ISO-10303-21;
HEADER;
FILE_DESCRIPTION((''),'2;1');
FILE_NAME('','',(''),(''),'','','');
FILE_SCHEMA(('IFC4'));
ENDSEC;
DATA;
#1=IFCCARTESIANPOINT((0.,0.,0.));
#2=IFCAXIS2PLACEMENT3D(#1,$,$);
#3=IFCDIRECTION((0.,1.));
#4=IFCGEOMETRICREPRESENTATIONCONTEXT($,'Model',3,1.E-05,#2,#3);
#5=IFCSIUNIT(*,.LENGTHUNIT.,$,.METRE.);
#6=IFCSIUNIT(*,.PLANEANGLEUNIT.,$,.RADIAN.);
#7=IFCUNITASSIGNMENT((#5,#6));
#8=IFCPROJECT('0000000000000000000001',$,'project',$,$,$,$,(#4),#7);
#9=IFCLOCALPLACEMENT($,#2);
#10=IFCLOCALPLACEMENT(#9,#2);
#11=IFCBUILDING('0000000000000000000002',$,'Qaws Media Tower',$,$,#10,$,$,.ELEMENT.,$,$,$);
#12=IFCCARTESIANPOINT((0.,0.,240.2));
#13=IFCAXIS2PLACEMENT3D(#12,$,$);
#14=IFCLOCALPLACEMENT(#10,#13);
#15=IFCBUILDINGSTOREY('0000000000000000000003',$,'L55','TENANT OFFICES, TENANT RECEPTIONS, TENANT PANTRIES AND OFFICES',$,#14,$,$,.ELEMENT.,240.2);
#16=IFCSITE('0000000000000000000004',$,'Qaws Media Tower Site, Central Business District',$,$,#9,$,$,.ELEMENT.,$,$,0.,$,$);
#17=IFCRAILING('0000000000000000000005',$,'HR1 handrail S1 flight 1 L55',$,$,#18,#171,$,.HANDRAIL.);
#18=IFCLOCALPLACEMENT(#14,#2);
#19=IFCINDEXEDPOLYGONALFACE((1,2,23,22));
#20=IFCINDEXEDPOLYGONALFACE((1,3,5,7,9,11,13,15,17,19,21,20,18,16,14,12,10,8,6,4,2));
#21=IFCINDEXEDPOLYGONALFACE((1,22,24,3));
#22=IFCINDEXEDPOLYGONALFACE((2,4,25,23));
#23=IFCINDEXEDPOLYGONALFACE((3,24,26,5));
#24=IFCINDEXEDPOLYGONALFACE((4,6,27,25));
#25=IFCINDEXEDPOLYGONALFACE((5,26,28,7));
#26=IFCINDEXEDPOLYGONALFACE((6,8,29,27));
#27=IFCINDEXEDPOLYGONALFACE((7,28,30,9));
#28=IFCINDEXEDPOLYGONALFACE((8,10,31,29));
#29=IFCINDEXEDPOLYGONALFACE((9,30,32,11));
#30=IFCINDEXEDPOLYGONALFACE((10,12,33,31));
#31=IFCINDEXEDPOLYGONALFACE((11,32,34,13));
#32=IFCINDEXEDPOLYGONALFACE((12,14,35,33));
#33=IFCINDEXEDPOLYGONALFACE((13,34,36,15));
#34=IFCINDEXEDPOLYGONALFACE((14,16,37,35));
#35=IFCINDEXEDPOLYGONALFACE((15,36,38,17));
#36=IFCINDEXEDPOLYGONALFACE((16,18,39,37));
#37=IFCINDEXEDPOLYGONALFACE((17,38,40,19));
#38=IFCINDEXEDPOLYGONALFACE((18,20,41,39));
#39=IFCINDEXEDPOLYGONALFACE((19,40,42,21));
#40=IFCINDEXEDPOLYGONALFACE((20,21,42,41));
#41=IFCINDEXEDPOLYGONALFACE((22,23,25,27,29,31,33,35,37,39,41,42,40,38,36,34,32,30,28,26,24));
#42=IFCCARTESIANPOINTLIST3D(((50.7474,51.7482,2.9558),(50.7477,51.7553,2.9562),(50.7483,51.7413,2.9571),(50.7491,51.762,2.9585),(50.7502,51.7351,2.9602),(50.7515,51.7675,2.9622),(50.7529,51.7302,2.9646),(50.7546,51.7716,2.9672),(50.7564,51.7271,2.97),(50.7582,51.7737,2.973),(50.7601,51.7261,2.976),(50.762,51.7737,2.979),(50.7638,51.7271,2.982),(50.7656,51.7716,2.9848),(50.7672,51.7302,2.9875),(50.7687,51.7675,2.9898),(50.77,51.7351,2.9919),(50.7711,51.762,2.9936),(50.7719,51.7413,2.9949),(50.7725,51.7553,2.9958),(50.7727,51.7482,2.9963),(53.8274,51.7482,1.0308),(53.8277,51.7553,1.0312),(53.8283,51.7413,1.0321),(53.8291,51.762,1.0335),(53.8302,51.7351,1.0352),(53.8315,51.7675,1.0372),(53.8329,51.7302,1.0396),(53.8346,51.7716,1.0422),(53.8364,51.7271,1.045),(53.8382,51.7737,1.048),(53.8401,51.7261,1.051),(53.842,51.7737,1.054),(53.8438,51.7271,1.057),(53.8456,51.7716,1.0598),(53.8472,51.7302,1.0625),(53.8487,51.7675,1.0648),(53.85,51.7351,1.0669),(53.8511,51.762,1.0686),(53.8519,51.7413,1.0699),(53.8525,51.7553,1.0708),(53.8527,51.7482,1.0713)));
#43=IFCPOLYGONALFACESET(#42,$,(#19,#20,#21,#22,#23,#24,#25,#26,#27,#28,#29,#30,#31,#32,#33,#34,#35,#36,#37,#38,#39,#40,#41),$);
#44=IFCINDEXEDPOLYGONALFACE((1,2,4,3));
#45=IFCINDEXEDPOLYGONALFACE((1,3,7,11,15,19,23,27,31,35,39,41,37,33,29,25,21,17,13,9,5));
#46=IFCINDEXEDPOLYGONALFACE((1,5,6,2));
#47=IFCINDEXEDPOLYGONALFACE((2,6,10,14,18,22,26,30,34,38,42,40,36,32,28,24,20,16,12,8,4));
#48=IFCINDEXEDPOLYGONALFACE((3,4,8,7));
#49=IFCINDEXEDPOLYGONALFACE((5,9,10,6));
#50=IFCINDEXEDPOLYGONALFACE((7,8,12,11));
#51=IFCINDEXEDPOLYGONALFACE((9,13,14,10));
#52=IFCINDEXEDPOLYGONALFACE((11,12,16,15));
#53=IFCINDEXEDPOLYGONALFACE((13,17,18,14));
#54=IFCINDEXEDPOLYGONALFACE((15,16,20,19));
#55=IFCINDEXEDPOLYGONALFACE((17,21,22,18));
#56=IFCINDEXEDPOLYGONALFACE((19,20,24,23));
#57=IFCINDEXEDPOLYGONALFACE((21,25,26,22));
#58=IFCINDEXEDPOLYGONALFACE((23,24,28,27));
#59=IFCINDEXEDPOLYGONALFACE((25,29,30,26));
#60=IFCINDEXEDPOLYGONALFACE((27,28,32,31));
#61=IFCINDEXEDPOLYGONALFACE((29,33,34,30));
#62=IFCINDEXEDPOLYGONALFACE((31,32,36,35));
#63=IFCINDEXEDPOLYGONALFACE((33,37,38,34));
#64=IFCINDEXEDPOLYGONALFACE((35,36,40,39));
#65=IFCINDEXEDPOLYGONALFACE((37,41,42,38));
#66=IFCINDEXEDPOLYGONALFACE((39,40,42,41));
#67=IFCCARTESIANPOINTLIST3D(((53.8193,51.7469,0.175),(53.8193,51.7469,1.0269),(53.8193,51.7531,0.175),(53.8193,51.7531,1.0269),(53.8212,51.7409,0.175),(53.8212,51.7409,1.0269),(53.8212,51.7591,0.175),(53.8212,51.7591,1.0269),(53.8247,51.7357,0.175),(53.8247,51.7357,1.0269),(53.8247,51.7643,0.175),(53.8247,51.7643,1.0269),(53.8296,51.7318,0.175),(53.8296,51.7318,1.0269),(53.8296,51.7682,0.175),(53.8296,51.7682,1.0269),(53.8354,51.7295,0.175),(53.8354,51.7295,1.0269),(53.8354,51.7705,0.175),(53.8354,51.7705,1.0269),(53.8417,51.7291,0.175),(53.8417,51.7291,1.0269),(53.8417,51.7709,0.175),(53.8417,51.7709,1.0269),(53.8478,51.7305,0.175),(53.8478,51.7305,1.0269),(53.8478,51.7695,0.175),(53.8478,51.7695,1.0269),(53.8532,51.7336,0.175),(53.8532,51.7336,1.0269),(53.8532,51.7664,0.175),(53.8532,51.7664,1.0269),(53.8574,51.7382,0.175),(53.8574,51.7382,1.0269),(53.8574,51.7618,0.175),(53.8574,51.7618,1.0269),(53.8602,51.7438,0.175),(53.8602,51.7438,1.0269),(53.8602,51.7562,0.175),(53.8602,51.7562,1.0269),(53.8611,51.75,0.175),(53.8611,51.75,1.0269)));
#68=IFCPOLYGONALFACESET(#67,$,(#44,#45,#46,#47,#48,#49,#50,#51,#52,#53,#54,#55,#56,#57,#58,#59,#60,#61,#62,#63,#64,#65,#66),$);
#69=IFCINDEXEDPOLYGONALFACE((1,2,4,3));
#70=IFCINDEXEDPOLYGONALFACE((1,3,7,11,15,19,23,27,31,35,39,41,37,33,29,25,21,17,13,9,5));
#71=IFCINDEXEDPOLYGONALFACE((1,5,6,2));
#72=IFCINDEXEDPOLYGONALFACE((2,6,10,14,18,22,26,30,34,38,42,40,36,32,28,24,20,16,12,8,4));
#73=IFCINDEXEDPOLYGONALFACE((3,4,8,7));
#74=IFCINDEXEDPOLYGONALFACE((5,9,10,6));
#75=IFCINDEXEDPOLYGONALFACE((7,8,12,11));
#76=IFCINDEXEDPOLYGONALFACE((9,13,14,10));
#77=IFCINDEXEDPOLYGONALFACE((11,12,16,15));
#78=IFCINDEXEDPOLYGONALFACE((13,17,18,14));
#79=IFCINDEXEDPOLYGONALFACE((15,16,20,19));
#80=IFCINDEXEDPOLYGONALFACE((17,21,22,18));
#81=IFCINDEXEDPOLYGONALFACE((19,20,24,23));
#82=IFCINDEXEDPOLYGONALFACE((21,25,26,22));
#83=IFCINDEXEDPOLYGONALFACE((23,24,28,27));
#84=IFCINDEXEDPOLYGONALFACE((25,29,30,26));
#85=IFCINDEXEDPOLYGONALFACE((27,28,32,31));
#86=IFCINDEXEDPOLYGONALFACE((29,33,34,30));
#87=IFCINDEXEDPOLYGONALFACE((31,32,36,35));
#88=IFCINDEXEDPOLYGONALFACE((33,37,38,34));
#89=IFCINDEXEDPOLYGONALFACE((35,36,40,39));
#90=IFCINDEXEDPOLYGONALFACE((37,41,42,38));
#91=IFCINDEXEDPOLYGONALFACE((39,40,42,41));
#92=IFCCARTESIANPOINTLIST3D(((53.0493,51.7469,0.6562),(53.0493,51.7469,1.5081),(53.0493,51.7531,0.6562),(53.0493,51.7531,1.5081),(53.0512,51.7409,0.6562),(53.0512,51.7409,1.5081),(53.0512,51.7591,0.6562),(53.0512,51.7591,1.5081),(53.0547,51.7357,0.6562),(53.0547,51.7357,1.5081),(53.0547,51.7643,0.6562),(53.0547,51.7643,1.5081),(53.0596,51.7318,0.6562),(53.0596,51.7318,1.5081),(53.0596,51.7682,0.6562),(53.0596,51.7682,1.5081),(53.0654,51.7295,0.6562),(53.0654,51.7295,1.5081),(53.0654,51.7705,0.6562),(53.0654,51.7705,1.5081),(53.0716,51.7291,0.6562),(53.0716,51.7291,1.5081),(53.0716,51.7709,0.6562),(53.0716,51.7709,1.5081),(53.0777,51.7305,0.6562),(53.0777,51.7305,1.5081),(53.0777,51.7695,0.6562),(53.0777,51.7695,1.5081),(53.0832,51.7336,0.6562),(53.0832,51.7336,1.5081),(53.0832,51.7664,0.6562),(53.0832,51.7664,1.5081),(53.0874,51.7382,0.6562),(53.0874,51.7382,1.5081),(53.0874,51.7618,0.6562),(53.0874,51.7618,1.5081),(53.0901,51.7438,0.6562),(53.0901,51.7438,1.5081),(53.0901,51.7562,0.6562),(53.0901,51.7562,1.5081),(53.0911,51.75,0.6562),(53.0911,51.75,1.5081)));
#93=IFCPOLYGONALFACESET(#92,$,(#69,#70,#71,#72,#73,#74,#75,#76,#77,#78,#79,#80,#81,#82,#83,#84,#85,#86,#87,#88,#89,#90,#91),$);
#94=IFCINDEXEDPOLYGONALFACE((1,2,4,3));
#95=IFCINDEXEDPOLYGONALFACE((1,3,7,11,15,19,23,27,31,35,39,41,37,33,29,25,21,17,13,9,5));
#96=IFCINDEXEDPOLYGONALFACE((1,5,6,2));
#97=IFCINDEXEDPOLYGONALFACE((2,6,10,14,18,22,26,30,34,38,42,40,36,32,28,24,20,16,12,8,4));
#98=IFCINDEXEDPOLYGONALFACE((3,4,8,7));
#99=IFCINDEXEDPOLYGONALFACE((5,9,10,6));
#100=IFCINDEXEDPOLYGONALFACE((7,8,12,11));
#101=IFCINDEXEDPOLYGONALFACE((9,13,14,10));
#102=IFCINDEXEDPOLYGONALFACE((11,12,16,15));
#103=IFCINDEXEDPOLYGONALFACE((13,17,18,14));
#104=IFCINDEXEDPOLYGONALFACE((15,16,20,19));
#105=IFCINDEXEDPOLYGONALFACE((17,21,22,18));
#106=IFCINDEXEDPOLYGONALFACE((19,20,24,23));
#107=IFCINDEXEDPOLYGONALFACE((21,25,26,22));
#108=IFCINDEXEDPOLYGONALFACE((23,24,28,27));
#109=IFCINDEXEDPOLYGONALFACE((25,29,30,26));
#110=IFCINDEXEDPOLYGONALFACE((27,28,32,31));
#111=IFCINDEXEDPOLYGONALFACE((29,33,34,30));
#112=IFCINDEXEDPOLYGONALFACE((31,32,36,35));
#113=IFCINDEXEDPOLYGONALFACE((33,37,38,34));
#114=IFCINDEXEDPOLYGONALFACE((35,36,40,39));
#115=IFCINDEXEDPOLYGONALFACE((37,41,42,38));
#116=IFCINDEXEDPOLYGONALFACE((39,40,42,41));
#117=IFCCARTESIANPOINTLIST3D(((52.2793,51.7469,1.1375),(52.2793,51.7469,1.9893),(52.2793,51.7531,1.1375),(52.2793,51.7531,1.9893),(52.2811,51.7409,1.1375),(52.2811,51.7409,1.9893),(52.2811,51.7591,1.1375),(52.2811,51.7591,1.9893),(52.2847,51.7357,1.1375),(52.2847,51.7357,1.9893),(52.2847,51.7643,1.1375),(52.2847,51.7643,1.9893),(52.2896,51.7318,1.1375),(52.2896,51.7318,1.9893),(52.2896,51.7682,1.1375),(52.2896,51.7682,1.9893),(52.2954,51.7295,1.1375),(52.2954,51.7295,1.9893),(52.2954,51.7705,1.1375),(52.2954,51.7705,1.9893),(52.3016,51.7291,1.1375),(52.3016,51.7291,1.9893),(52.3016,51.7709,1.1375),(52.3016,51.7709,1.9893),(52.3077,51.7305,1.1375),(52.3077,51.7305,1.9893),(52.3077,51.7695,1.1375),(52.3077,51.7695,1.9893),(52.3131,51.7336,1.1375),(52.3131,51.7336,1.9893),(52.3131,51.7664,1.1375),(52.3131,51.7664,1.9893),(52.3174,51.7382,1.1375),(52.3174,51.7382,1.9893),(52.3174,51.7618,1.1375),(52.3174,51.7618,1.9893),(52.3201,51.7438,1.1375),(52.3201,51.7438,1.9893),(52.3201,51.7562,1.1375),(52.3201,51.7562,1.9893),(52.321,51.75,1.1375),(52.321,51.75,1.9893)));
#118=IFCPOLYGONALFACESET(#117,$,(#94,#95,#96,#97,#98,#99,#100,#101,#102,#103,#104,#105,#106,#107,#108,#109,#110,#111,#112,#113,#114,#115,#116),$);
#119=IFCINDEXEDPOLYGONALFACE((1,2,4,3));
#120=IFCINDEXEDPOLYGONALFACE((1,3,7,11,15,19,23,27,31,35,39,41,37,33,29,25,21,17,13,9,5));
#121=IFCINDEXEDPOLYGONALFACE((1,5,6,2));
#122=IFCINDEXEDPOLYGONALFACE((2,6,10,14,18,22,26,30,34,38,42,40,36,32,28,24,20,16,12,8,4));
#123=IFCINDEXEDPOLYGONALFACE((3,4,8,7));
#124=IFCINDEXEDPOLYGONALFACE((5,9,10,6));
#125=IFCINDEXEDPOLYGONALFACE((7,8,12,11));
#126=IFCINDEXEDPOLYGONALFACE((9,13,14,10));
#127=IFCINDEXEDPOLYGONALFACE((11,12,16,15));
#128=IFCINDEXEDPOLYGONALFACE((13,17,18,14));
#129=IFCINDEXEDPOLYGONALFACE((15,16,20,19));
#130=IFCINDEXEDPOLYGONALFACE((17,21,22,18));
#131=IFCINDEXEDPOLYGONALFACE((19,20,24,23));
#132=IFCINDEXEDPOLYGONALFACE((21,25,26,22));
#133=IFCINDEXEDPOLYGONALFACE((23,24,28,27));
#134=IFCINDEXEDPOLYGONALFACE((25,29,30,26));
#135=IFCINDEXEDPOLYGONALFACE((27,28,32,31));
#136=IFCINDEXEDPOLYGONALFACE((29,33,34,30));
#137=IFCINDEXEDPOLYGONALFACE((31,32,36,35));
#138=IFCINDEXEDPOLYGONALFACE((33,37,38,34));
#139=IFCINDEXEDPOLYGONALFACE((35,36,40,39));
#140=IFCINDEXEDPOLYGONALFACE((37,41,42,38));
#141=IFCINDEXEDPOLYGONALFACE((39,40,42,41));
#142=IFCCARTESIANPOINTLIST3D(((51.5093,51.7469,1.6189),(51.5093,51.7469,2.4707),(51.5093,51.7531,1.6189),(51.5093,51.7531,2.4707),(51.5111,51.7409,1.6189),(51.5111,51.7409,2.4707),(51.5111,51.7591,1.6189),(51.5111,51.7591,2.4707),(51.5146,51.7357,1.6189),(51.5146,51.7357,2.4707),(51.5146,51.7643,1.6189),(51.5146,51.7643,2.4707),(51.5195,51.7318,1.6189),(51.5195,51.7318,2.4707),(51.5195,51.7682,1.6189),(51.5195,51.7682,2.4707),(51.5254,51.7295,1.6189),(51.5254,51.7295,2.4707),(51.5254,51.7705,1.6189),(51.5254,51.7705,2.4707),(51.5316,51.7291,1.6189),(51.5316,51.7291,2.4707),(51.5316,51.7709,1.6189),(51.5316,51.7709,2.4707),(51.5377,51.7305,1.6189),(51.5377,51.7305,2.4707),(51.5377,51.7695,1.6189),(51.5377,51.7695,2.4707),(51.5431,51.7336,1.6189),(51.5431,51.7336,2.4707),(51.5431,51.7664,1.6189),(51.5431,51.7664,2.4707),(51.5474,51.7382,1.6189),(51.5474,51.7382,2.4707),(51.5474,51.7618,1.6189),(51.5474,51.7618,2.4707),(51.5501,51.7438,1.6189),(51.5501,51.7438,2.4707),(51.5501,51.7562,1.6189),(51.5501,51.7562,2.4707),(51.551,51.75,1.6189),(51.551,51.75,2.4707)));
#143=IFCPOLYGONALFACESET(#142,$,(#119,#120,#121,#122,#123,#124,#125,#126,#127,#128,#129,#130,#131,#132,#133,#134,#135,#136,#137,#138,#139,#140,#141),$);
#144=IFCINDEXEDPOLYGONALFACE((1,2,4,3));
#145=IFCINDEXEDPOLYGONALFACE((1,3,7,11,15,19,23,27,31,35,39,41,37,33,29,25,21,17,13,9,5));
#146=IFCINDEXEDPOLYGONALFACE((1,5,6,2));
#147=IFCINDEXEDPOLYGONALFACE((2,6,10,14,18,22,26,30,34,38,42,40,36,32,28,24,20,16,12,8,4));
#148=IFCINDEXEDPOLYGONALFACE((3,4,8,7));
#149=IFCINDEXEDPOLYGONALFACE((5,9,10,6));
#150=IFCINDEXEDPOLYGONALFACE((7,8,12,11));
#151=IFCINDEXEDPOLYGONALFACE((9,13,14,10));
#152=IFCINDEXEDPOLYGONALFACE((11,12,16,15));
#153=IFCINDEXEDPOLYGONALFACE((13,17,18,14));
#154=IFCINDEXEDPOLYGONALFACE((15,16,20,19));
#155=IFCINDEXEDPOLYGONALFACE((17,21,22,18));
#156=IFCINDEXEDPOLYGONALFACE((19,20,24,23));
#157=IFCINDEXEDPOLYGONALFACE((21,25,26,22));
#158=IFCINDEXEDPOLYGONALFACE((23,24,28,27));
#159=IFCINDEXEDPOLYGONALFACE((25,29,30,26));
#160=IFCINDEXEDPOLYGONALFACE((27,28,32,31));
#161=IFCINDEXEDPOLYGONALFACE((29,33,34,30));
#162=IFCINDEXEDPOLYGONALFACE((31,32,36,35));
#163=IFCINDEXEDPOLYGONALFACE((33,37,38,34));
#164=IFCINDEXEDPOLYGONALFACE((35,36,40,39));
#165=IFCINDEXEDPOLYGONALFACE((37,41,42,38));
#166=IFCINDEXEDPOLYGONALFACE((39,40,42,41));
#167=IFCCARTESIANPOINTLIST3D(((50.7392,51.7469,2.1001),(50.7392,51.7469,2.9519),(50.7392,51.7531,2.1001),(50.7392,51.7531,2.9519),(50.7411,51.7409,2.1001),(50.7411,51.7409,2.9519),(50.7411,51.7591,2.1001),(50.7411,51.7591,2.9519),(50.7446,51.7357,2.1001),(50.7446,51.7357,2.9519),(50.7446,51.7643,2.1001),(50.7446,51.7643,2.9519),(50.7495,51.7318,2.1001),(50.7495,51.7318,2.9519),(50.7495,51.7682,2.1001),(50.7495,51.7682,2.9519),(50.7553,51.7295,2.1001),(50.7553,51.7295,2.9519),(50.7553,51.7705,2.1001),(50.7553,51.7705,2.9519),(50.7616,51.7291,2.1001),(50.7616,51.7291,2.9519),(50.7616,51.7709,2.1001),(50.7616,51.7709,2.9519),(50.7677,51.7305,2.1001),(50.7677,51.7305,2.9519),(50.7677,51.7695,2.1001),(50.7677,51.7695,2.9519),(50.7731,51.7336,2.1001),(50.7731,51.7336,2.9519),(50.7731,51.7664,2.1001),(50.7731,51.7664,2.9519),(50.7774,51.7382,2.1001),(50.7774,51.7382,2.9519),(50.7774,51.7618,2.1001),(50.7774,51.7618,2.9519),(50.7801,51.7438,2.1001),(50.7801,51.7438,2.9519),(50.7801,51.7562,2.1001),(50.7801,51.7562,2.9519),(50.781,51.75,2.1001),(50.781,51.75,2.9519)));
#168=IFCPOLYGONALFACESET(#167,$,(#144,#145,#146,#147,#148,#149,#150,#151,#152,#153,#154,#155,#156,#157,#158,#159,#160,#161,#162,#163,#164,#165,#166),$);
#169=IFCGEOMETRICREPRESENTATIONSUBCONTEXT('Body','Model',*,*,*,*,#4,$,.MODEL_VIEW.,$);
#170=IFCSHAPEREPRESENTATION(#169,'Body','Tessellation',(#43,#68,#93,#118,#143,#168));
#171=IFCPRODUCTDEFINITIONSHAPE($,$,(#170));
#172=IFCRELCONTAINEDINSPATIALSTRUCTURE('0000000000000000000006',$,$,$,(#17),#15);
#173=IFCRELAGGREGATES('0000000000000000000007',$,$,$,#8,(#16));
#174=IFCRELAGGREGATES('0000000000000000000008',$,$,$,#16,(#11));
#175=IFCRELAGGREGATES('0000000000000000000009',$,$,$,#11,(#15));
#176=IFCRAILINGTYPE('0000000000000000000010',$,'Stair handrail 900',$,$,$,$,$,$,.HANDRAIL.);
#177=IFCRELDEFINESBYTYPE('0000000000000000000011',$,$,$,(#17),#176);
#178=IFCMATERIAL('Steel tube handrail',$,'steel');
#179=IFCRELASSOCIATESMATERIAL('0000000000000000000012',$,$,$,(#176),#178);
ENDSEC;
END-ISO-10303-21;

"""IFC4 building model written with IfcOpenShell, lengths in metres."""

from ifc_helpers import new_model, si_unit, direction, frame, origin, origin_2d, place, context, subcontext, project, spatial, circle, extrude, material, type_object, element, save


model = new_model("IFC4")

# Units and contexts
model_context = context("Model", 3, precision=1e-05, world=origin(), true_north=direction((0.0, 1.0)))
body_context = subcontext(model_context, "Body", "Model", "MODEL_VIEW")
ifc_project = project(units=[si_unit("LENGTHUNIT", "METRE"), si_unit("PLANEANGLEUNIT", "RADIAN")], contexts=[model_context])

# Site, building, storey
site_placement = place(None, origin())
site = spatial("IfcSite", under=ifc_project, at=site_placement, Name="Qaws Media Tower Site, Central Business District", CompositionType="ELEMENT", RefElevation=0.0)
building_placement = place(site_placement, origin())
building = spatial("IfcBuilding", under=site, at=building_placement, Name="Qaws Media Tower", CompositionType="ELEMENT")
storey_placement = place(building_placement, frame((0.0, 0.0, 240.2)))
storey = spatial("IfcBuildingStorey", under=building, at=storey_placement, Name="L55", Description="TENANT OFFICES, TENANT RECEPTIONS, TENANT PANTRIES AND OFFICES", CompositionType="ELEMENT", Elevation=240.2)

# Railing
ifc_material_1 = material(Name="Steel tube handrail", Category="steel")
railing_type = type_object("IfcRailingType", Name="Stair handrail 900", PredefinedType="HANDRAIL", material=ifc_material_1)
for number, where, name in (
    (1, (53.8401, 51.75, 0.175), "HR1 handrail S1 flight 1 L55"),
):
    element("IfcRailing", number, at=place(storey_placement, frame(where)), inside=storey, type_object=railing_type, Name=name, PredefinedType="HANDRAIL", context=body_context, shape_type="SweptSolid", body=[
        extrude(circle(Radius=0.0239, at=origin_2d()), frame((0.0, 0.0, 0.876), z_axis=(-0.847998, 0.0, 0.529999), x_axis=(0.0, -1.0, 0.0)), (0.0, 0.0, 1.0), 3.6321),
        extrude(circle(Radius=0.021, at=origin_2d()), origin(), (0.0, 0.0, 1.0), 0.8518),
        extrude(circle(Radius=0.021, at=origin_2d()), frame((-0.77, 0.0, 0.4812)), (0.0, 0.0, 1.0), 0.8518),
        extrude(circle(Radius=0.021, at=origin_2d()), frame((-1.54, 0.0, 0.9624)), (0.0, 0.0, 1.0), 0.8518),
        extrude(circle(Radius=0.021, at=origin_2d()), frame((-2.3101, 0.0, 1.4438)), (0.0, 0.0, 1.0), 0.8518),
        extrude(circle(Radius=0.021, at=origin_2d()), frame((-3.0801, 0.0, 1.925)), (0.0, 0.0, 1.0), 0.8518),
    ])

save(model, "model.ifc")
